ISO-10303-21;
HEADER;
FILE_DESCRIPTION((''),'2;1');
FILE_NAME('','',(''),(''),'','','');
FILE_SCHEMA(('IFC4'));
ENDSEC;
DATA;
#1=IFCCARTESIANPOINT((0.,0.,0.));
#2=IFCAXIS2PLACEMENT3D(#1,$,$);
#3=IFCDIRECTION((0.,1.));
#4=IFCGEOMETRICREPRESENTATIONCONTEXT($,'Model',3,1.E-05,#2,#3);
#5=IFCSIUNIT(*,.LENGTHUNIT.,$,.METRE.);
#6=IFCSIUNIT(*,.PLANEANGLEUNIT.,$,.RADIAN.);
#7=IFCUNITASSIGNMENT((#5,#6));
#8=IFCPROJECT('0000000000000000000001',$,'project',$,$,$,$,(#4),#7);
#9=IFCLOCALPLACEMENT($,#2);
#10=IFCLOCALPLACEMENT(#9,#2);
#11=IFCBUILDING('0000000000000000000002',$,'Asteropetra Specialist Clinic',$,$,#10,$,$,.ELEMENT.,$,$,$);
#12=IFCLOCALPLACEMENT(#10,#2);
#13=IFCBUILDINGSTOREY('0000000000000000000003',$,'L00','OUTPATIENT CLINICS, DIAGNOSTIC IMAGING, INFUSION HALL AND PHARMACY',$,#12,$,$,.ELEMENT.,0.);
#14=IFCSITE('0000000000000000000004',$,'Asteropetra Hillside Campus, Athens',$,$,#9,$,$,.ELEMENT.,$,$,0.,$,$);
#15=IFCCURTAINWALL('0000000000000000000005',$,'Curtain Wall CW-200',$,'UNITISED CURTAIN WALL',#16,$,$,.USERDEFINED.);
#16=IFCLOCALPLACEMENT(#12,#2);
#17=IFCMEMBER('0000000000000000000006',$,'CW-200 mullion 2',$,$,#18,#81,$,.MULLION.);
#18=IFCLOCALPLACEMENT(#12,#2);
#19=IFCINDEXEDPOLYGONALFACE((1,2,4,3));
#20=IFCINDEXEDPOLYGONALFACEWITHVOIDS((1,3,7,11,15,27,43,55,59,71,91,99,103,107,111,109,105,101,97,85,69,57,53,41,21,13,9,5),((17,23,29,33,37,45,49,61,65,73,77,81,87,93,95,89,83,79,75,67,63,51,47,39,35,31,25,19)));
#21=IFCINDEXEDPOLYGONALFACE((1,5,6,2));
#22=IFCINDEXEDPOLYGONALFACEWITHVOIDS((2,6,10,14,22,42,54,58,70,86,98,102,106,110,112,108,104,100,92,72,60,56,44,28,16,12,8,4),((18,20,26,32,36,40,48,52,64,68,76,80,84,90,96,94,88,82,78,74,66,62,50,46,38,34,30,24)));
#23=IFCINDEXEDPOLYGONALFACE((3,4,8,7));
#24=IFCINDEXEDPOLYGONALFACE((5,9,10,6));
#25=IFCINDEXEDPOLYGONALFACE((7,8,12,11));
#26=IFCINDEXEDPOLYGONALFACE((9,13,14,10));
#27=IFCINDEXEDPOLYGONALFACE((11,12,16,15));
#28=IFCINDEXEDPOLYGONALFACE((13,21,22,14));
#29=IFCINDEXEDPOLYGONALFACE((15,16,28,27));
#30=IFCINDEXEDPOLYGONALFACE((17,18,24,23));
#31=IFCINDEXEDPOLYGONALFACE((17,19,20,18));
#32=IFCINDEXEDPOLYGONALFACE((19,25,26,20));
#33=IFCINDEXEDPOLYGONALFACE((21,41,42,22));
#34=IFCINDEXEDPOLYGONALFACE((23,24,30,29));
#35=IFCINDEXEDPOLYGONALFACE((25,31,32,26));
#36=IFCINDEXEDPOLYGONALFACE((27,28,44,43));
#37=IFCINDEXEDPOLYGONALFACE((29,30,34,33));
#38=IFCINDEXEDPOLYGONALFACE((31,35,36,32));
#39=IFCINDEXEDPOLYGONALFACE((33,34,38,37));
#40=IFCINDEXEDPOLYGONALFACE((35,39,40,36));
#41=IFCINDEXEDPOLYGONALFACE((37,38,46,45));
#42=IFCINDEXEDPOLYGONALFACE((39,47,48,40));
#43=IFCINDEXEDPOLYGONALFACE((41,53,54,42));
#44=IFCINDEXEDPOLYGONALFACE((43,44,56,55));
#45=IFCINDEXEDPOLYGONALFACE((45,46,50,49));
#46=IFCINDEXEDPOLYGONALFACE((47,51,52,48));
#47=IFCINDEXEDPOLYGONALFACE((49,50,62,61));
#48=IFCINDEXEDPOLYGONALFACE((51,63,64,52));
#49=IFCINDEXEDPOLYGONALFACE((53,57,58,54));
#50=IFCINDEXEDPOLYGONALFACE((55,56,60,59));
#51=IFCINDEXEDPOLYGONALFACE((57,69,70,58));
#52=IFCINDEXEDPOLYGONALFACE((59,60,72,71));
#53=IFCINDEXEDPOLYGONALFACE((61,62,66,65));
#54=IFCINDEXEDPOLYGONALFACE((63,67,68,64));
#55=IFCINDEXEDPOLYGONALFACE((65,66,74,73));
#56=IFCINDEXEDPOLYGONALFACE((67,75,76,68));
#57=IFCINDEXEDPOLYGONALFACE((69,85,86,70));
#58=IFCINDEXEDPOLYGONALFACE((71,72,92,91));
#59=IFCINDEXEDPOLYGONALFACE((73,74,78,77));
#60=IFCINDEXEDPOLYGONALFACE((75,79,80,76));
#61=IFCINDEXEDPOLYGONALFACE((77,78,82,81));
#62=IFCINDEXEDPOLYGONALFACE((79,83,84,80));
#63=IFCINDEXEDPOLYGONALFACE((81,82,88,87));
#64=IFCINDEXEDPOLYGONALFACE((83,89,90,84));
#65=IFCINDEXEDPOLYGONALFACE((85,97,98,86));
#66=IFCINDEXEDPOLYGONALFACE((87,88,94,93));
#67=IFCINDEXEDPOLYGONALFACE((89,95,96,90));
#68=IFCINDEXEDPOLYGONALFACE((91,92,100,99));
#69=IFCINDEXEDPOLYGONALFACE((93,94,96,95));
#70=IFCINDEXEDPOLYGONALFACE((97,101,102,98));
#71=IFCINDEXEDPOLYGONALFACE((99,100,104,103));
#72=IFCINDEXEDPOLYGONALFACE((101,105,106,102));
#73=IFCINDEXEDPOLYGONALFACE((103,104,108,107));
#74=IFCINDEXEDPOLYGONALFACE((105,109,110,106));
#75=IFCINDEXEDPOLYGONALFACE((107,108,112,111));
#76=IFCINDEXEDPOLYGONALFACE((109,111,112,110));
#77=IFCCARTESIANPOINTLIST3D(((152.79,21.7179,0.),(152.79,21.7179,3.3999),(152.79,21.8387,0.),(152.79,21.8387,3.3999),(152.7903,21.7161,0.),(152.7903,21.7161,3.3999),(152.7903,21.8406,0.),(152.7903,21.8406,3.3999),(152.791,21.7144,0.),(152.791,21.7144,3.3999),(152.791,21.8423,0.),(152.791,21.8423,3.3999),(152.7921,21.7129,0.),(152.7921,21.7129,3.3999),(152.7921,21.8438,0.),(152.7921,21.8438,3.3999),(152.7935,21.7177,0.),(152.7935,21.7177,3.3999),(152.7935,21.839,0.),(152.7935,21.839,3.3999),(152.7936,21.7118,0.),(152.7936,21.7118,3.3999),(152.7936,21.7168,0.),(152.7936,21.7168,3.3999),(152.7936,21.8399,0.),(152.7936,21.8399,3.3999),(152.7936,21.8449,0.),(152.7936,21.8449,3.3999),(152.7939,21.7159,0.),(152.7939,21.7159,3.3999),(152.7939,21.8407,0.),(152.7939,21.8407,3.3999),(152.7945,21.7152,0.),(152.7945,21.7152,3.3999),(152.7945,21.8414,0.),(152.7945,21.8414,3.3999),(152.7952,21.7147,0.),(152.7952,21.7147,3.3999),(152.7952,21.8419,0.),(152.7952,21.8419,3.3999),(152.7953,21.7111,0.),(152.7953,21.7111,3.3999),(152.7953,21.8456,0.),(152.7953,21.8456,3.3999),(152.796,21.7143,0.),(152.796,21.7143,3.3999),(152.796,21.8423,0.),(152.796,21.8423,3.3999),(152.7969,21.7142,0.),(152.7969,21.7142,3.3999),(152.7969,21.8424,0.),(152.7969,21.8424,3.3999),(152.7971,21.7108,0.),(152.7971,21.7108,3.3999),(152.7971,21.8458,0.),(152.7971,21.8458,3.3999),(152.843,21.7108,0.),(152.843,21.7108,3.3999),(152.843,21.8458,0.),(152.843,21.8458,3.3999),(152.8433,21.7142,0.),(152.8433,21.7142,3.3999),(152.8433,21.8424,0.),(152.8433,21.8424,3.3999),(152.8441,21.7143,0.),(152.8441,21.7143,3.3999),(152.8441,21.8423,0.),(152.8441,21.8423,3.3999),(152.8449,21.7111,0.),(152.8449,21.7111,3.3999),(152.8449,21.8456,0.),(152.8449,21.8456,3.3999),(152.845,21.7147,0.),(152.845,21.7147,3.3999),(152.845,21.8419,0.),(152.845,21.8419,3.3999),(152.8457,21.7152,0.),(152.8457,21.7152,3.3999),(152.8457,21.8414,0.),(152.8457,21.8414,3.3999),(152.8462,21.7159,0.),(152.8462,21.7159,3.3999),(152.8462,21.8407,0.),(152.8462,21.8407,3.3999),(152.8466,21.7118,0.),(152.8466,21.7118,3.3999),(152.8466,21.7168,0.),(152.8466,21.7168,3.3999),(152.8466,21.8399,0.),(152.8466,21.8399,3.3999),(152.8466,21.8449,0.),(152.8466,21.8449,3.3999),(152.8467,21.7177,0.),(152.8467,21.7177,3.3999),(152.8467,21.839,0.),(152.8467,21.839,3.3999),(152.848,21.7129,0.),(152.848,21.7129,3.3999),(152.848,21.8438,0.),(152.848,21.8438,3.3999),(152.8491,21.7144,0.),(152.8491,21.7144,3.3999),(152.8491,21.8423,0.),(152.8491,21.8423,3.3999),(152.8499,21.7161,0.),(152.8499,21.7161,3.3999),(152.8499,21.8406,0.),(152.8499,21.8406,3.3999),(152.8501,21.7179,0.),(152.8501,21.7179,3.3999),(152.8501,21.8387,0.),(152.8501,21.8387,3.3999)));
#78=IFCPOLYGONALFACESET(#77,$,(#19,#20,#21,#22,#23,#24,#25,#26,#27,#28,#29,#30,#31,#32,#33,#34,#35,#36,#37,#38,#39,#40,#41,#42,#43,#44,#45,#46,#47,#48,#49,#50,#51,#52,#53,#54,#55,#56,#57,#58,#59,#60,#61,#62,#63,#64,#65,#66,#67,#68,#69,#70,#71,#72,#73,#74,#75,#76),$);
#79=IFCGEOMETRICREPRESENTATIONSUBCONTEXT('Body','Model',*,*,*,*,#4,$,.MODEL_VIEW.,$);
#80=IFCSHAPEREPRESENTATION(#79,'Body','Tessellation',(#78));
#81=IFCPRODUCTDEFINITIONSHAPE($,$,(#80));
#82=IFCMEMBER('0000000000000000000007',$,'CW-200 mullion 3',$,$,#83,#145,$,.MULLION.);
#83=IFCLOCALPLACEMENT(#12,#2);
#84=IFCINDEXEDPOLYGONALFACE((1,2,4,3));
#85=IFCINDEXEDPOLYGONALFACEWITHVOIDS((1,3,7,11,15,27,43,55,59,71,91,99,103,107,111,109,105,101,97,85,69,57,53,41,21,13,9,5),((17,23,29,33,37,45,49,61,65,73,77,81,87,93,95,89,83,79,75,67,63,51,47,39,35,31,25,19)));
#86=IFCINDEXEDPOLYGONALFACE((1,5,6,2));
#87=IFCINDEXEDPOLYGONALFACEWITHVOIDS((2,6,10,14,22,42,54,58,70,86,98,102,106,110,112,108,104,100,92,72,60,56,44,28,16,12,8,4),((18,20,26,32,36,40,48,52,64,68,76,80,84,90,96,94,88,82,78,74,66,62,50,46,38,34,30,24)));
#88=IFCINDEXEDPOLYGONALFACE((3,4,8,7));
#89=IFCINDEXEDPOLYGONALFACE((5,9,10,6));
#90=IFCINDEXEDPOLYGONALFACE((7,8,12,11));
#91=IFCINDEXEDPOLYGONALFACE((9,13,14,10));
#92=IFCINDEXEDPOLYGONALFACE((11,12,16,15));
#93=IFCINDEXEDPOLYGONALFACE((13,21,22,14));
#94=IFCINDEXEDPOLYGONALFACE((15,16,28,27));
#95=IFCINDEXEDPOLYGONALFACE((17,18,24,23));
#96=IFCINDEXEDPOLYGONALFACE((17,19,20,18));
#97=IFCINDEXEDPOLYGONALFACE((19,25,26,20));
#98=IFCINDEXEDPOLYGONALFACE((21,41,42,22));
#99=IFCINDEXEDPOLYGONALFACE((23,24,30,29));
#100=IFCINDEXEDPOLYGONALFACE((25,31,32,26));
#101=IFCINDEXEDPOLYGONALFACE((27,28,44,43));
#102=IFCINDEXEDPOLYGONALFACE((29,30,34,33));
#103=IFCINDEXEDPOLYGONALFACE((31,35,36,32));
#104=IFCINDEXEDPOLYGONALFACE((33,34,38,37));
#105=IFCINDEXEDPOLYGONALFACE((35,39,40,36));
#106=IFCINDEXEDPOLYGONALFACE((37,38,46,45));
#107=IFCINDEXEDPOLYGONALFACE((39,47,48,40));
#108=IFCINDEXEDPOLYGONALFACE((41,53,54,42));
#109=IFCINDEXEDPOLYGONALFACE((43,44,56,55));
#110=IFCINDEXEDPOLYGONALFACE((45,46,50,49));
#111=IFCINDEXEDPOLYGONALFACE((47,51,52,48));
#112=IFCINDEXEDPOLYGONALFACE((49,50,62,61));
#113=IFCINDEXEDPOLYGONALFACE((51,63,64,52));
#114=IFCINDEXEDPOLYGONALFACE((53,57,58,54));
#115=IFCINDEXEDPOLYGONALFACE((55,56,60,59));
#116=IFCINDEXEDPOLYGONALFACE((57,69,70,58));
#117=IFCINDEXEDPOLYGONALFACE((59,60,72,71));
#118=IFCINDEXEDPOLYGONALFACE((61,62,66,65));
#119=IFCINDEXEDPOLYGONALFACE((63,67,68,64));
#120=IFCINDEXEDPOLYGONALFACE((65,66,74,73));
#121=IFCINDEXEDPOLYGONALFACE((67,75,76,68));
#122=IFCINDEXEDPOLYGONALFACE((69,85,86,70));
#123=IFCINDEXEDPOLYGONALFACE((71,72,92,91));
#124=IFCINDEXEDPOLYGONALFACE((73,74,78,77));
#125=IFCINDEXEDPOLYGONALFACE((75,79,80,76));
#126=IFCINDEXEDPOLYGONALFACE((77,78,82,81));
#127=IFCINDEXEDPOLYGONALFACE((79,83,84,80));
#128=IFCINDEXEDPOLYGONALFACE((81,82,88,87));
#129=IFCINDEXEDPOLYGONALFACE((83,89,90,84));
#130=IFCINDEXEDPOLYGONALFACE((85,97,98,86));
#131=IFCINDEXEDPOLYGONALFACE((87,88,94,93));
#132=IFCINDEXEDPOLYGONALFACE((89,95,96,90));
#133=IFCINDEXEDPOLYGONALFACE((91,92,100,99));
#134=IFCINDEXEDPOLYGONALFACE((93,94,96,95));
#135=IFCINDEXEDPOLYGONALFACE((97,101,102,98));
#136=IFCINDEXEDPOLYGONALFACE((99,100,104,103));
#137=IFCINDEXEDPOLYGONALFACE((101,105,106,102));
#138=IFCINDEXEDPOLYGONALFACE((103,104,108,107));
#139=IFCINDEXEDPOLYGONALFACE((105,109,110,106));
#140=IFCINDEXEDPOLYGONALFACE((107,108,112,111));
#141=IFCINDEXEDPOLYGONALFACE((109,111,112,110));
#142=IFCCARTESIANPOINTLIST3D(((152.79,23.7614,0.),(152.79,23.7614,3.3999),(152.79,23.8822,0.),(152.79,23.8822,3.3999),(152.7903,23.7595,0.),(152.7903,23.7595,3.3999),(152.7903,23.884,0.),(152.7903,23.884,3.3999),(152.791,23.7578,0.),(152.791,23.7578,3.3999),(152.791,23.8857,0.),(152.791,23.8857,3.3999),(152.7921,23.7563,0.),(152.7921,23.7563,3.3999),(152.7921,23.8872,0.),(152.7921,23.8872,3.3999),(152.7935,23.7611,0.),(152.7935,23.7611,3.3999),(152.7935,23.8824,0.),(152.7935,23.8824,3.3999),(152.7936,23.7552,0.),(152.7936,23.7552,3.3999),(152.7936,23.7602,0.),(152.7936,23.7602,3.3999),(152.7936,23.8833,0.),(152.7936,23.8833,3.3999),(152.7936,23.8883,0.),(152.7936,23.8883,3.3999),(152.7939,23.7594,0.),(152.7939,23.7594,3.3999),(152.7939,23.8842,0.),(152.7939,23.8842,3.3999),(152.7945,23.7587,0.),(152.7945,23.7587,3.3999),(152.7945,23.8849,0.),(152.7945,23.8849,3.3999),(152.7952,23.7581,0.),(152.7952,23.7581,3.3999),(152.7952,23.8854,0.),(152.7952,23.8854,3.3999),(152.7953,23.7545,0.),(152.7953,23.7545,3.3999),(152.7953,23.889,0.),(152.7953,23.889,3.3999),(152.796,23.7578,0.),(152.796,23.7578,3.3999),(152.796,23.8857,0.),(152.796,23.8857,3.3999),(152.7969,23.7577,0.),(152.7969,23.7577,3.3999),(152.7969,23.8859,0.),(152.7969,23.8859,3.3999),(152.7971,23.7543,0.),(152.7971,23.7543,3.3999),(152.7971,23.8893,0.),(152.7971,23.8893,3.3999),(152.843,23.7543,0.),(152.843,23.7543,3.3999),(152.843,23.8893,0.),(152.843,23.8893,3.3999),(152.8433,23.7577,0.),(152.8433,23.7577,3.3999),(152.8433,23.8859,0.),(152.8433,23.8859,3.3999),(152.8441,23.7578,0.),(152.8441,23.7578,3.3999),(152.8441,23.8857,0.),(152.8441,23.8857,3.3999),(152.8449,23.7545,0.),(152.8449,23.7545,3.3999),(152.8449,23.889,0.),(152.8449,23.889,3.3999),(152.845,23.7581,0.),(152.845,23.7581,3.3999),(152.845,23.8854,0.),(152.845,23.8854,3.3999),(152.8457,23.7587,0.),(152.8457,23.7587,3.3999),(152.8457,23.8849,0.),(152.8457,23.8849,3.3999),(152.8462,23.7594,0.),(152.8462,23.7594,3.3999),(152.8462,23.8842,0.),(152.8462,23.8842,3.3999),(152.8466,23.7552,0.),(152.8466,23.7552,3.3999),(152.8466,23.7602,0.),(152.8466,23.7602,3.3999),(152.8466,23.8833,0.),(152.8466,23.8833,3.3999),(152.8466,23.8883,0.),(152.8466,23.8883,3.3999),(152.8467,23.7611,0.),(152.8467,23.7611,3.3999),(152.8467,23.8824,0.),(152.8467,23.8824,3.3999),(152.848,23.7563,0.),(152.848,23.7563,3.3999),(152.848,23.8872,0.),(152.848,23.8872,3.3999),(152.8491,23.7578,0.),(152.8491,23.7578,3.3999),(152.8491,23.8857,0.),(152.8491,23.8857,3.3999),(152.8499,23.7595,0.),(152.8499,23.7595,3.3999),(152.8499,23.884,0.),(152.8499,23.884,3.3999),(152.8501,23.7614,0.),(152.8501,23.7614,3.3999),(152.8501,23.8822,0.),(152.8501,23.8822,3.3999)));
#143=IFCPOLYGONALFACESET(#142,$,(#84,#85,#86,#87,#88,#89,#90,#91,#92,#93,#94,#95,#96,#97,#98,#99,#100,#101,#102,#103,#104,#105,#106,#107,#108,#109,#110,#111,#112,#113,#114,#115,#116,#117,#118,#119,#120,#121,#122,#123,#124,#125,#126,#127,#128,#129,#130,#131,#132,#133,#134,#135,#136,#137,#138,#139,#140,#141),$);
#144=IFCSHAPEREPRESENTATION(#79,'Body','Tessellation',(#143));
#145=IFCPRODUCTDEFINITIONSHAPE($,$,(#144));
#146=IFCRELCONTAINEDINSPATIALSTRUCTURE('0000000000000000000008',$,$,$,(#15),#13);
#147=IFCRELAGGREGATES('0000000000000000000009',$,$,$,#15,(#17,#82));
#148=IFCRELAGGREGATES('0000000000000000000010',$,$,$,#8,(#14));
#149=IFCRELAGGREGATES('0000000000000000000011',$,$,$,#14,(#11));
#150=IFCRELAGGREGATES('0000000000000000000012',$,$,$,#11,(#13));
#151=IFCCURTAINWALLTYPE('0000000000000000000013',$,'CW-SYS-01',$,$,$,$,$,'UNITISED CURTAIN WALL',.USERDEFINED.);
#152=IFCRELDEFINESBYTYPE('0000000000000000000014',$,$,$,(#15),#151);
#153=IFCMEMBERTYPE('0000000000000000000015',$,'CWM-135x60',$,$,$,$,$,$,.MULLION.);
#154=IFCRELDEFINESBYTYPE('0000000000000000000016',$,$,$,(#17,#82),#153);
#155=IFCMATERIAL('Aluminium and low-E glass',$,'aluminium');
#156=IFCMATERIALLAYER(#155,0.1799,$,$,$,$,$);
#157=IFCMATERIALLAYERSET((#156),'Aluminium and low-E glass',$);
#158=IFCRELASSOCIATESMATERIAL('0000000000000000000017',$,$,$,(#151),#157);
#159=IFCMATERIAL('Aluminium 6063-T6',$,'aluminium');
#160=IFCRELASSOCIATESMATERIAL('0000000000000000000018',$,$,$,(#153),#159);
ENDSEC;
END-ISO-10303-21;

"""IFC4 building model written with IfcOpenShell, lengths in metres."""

from ifc_helpers import new_model, si_unit, direction, frame, origin, origin_2d, place, context, subcontext, project, spatial, hollow_rectangle, extrude, material, layer, layer_set, material_profile, profile_set, type_object, element, aggregate, save


model = new_model("IFC4")

# Units and contexts
model_context = context("Model", 3, precision=1e-05, world=origin(), true_north=direction((0.0, 1.0)))
body_context = subcontext(model_context, "Body", "Model", "MODEL_VIEW")
ifc_project = project(units=[si_unit("LENGTHUNIT", "METRE"), si_unit("PLANEANGLEUNIT", "RADIAN")], contexts=[model_context])

# Site, building, storey
site_placement = place(None, origin())
site = spatial("IfcSite", under=ifc_project, at=site_placement, Name="Asteropetra Hillside Campus, Athens", CompositionType="ELEMENT", RefElevation=0.0)
building_placement = place(site_placement, origin())
building = spatial("IfcBuilding", under=site, at=building_placement, Name="Asteropetra Specialist Clinic", CompositionType="ELEMENT")
storey_placement = place(building_placement, origin())
storey = spatial("IfcBuildingStorey", under=building, at=storey_placement, Name="L00", Description="OUTPATIENT CLINICS, DIAGNOSTIC IMAGING, INFUSION HALL AND PHARMACY", CompositionType="ELEMENT", Elevation=0.0)

# Curtain wall, members
ifc_material_1 = material(Name="Aluminium and low-E glass", Category="aluminium")
ifc_layer_1 = layer(ifc_material_1, 0.1799)
ifc_layer_set_1 = layer_set([ifc_layer_1], Name="Aluminium and low-E glass")
curtain_wall_type = type_object("IfcCurtainWallType", Name="CW-SYS-01", ElementType="UNITISED CURTAIN WALL", PredefinedType="USERDEFINED", material=ifc_layer_set_1)
curtain_wall_placement = place(storey_placement, origin())
curtain_wall = element("IfcCurtainWall", 1, at=curtain_wall_placement, inside=storey, type_object=curtain_wall_type, Name="Curtain Wall CW-200", ObjectType="UNITISED CURTAIN WALL", PredefinedType="USERDEFINED")
ifc_material_2 = material(Name="Aluminium 6063-T6", Category="aluminium")
ifc_material_profile_1 = material_profile(ifc_material_2, hollow_rectangle(XDim=0.0601, YDim=0.135, WallThickness=0.0034, InnerFilletRadius=0.0034, OuterFilletRadius=0.0071, at=origin_2d()), Name="MUL 135x60x3.5")
ifc_profile_set_1 = profile_set([ifc_material_profile_1], Name="Aluminium 6063-T6")
member_type_1 = type_object("IfcMemberType", Name="CWM-135x60", PredefinedType="MULLION", material=ifc_profile_set_1)
member_1_placement = place(storey_placement, frame((152.8201, 21.7783, 0.0), z_axis=(0.0, 0.0, 1.0), x_axis=(-1.0, 0.0, 0.0)))
member_1 = element("IfcMember", 2, at=member_1_placement, type_object=member_type_1, Name="CW-200 mullion 2", PredefinedType="MULLION", context=body_context, shape_type="SweptSolid", body=[
    extrude(hollow_rectangle(XDim=0.0601, YDim=0.135, WallThickness=0.0034, InnerFilletRadius=0.0034, OuterFilletRadius=0.0071, at=origin_2d()), origin(), (0.0, 0.0, 1.0), 3.3999),
])
member_2_placement = place(storey_placement, frame((152.8201, 23.8218, 0.0), z_axis=(0.0, 0.0, 1.0), x_axis=(-1.0, 0.0, 0.0)))
member_2 = element("IfcMember", 3, at=member_2_placement, type_object=member_type_1, Name="CW-200 mullion 3", PredefinedType="MULLION", context=body_context, shape_type="SweptSolid", body=[
    extrude(hollow_rectangle(XDim=0.0601, YDim=0.135, WallThickness=0.0034, InnerFilletRadius=0.0034, OuterFilletRadius=0.0071, at=origin_2d()), origin(), (0.0, 0.0, 1.0), 3.3999),
])
aggregate(curtain_wall, [member_1, member_2])

save(model, "model.ifc")
